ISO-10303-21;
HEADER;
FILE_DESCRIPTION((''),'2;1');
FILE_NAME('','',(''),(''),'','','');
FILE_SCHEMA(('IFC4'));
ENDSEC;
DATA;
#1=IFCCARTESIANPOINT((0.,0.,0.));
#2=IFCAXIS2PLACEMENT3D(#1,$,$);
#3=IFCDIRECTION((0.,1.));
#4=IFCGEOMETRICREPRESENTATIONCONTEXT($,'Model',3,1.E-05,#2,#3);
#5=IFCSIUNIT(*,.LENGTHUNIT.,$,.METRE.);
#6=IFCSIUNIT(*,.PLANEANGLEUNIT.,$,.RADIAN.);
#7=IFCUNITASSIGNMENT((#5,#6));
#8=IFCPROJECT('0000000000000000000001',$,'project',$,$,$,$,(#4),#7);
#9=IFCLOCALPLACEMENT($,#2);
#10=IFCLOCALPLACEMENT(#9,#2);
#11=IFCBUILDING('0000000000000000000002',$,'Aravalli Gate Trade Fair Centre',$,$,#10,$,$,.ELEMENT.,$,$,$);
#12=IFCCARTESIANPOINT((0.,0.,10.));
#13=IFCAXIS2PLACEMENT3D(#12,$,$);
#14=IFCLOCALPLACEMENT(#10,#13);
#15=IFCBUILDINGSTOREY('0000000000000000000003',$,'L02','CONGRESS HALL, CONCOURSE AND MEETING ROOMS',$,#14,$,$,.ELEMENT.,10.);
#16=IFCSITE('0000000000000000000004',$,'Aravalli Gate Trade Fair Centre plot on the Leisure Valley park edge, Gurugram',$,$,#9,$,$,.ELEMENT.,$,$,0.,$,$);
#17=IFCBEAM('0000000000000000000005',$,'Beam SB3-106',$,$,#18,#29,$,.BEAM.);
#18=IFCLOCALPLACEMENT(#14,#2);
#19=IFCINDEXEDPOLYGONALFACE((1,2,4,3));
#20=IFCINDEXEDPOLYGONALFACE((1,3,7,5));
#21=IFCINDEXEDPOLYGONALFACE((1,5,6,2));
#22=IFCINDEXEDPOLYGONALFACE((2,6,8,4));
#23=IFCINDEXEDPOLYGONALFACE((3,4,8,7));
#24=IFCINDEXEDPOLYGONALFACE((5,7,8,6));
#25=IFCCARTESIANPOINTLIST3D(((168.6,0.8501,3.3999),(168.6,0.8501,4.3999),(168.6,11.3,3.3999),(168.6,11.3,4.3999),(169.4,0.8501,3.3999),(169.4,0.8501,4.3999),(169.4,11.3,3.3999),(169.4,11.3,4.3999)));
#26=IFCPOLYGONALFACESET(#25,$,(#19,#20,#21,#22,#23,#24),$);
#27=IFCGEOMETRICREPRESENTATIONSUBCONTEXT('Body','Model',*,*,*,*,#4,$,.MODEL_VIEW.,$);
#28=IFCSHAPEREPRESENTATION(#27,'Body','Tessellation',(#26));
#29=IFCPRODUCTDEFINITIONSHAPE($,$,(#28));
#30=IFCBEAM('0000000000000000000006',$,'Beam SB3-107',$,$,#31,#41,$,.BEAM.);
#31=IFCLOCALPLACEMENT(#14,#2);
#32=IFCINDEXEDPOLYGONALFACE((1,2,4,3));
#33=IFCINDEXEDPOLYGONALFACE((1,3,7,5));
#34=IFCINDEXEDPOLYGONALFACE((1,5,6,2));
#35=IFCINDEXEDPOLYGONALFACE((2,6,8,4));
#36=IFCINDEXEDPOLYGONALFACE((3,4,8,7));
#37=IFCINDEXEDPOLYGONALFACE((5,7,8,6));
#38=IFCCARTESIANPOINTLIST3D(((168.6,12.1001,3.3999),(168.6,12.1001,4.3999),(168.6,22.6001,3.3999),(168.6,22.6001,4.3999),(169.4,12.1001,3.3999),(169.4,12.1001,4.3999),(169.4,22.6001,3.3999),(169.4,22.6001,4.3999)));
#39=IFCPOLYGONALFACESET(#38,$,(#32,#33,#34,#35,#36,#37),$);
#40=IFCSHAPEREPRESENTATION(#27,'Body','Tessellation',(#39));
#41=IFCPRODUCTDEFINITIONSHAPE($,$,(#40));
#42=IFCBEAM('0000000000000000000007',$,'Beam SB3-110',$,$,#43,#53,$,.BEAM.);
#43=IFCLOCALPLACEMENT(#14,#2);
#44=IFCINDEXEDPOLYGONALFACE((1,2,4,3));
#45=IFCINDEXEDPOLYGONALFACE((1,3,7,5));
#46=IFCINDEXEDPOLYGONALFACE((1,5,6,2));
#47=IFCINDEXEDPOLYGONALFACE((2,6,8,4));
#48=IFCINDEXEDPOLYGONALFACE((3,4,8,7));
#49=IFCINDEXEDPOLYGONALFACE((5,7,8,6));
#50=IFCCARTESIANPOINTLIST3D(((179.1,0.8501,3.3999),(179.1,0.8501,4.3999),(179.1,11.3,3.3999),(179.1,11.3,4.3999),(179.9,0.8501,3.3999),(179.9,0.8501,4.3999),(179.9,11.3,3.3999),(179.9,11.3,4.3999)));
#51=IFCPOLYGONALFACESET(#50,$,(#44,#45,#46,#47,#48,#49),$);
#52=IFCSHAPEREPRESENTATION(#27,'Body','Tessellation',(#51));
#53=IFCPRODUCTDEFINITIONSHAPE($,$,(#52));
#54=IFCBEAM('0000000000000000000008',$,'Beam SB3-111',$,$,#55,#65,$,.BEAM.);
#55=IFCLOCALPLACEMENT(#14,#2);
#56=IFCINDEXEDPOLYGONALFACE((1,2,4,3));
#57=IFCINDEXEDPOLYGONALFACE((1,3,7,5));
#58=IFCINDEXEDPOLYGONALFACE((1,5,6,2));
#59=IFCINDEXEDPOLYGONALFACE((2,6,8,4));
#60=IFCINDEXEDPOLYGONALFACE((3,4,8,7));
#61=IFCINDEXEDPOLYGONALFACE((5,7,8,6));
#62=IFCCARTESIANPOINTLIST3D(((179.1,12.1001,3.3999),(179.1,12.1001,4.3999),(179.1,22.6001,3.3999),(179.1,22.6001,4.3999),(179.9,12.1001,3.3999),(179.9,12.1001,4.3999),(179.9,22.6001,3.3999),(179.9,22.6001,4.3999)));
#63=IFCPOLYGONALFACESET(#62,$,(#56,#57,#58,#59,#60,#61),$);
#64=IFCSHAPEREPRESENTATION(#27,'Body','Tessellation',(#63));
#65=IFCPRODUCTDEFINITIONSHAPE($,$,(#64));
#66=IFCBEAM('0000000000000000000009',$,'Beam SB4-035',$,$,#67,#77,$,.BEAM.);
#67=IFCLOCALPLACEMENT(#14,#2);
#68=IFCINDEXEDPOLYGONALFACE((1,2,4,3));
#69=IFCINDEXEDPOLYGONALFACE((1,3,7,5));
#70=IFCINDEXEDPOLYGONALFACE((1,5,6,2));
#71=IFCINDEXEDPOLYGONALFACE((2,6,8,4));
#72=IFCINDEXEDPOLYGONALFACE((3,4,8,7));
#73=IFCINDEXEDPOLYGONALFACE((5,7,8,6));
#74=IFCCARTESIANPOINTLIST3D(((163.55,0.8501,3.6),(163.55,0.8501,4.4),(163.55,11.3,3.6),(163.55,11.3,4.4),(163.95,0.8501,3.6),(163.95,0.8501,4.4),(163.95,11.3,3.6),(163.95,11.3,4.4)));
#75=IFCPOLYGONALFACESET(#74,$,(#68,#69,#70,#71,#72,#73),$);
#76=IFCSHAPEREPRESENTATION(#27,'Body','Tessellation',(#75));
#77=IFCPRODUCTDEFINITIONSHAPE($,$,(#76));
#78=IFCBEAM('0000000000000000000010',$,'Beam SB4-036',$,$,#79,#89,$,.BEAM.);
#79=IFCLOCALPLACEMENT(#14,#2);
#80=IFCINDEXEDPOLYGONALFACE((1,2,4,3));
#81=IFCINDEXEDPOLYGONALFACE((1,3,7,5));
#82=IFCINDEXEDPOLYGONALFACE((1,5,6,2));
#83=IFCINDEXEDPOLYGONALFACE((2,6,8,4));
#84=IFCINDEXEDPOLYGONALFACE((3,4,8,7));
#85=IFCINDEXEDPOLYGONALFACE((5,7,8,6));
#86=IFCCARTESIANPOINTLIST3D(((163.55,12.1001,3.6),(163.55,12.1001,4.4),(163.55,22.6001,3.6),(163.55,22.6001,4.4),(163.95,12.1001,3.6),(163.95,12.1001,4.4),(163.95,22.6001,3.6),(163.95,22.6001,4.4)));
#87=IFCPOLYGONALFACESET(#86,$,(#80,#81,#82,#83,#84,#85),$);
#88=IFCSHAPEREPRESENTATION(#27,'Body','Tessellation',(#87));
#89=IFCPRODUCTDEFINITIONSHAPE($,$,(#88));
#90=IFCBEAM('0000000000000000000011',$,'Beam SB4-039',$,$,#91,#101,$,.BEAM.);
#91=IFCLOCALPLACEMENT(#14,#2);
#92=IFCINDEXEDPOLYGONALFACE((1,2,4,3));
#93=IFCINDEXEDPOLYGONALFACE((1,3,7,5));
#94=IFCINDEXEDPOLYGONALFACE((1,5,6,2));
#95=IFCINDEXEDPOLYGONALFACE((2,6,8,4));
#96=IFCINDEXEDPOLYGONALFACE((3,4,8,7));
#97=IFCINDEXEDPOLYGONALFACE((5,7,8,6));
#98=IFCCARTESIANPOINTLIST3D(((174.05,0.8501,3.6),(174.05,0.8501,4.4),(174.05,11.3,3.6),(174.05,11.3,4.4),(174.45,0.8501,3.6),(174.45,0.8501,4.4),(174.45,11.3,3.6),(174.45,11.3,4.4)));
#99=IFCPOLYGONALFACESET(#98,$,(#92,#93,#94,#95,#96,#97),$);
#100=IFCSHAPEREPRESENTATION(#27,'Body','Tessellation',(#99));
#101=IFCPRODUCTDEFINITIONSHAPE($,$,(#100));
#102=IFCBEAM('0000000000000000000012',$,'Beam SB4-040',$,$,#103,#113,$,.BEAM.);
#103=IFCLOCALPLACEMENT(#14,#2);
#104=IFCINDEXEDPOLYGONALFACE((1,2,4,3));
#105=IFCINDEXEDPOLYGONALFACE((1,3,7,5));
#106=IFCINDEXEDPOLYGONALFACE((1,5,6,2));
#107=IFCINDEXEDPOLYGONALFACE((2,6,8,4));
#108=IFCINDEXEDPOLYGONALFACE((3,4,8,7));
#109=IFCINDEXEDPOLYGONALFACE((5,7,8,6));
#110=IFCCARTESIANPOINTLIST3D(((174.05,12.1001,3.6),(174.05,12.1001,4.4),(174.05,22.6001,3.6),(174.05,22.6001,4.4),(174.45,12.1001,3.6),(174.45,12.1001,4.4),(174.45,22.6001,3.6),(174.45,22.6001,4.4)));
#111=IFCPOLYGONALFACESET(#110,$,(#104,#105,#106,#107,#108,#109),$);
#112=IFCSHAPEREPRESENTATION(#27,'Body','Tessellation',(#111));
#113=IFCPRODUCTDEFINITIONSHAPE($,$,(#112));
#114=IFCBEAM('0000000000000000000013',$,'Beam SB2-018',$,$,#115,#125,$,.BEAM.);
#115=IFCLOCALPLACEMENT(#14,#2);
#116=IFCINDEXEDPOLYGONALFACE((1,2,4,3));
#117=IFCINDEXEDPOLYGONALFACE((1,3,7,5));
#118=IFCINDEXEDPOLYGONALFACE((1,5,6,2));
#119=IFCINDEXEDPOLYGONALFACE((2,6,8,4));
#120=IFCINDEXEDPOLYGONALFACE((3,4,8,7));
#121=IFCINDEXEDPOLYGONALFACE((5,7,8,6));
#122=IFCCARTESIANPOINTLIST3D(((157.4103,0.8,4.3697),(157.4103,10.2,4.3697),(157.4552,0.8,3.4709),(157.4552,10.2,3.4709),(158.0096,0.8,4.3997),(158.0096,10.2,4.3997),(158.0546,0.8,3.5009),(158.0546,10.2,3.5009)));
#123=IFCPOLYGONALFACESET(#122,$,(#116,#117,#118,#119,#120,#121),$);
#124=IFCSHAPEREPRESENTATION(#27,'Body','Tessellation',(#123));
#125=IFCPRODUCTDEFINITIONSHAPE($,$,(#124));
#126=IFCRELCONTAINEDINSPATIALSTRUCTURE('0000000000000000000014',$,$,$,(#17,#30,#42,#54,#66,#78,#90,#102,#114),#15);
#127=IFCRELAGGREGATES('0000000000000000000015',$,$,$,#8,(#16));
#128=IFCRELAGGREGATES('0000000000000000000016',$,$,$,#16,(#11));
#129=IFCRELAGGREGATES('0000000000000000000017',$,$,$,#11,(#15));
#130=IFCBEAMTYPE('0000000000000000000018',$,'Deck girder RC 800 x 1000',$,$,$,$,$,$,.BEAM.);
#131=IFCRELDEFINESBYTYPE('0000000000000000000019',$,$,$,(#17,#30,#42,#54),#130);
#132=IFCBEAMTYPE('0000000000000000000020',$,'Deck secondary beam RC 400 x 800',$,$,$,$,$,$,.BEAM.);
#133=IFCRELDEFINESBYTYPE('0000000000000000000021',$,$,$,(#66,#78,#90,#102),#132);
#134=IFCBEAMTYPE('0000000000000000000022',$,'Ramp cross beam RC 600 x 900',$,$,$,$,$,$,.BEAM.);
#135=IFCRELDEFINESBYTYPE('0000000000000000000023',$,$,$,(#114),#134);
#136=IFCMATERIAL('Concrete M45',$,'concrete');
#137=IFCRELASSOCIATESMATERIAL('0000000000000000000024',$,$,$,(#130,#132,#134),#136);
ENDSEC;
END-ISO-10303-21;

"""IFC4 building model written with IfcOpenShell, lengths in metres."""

from ifc_helpers import new_model, si_unit, direction, frame, origin, origin_2d, place, context, subcontext, project, spatial, rectangle, extrude, material, material_profile, profile_set, type_object, element, save


model = new_model("IFC4")

# Units and contexts
model_context = context("Model", 3, precision=1e-05, world=origin(), true_north=direction((0.0, 1.0)))
body_context = subcontext(model_context, "Body", "Model", "MODEL_VIEW")
ifc_project = project(units=[si_unit("LENGTHUNIT", "METRE"), si_unit("PLANEANGLEUNIT", "RADIAN")], contexts=[model_context])

# Site, building, storey
site_placement = place(None, origin())
site = spatial("IfcSite", under=ifc_project, at=site_placement, Name="Aravalli Gate Trade Fair Centre plot on the Leisure Valley park edge, Gurugram", CompositionType="ELEMENT", RefElevation=0.0)
building_placement = place(site_placement, origin())
building = spatial("IfcBuilding", under=site, at=building_placement, Name="Aravalli Gate Trade Fair Centre", CompositionType="ELEMENT")
storey_placement = place(building_placement, frame((0.0, 0.0, 10.0)))
storey = spatial("IfcBuildingStorey", under=building, at=storey_placement, Name="L02", Description="CONGRESS HALL, CONCOURSE AND MEETING ROOMS", CompositionType="ELEMENT", Elevation=10.0)

# Shared definitions
ifc_material = material(Name="Concrete M45", Category="concrete")

# Beams
ifc_material_profile_1 = material_profile(ifc_material, rectangle(XDim=0.8, YDim=1.0, at=origin_2d()), Name="Deck girder RC 800 x 1000")
ifc_profile_set_1 = profile_set([ifc_material_profile_1], Name="Concrete M45")
beam_type_1 = type_object("IfcBeamType", Name="Deck girder RC 800 x 1000", PredefinedType="BEAM", material=ifc_profile_set_1)
beam_1_placement = place(storey_placement, frame((169.0, 0.8501, 3.8999), z_axis=(0.0, 1.0, 0.0), x_axis=(-1.0, 0.0, 0.0)))
element("IfcBeam", 1, at=beam_1_placement, inside=storey, type_object=beam_type_1, Name="Beam SB3-106", PredefinedType="BEAM", context=body_context, shape_type="SweptSolid", body=[
    extrude(rectangle(XDim=0.8, YDim=1.0, at=origin_2d()), origin(), (0.0, 0.0, 1.0), 10.45),
])
beam_2_placement = place(storey_placement, frame((169.0, 12.1001, 3.8999), z_axis=(0.0, 1.0, 0.0), x_axis=(-1.0, 0.0, 0.0)))
element("IfcBeam", 2, at=beam_2_placement, inside=storey, type_object=beam_type_1, Name="Beam SB3-107", PredefinedType="BEAM", context=body_context, shape_type="SweptSolid", body=[
    extrude(rectangle(XDim=0.8, YDim=1.0, at=origin_2d()), origin(), (0.0, 0.0, 1.0), 10.5),
])
beam_3_placement = place(storey_placement, frame((179.5, 0.8501, 3.8999), z_axis=(0.0, 1.0, 0.0), x_axis=(-1.0, 0.0, 0.0)))
element("IfcBeam", 3, at=beam_3_placement, inside=storey, type_object=beam_type_1, Name="Beam SB3-110", PredefinedType="BEAM", context=body_context, shape_type="SweptSolid", body=[
    extrude(rectangle(XDim=0.8, YDim=1.0, at=origin_2d()), origin(), (0.0, 0.0, 1.0), 10.45),
])
beam_4_placement = place(storey_placement, frame((179.5, 12.1001, 3.8999), z_axis=(0.0, 1.0, 0.0), x_axis=(-1.0, 0.0, 0.0)))
element("IfcBeam", 4, at=beam_4_placement, inside=storey, type_object=beam_type_1, Name="Beam SB3-111", PredefinedType="BEAM", context=body_context, shape_type="SweptSolid", body=[
    extrude(rectangle(XDim=0.8, YDim=1.0, at=origin_2d()), origin(), (0.0, 0.0, 1.0), 10.5),
])
ifc_material_profile_2 = material_profile(ifc_material, rectangle(XDim=0.3999, YDim=0.8, at=origin_2d()), Name="Deck secondary beam RC 400 x 800")
ifc_profile_set_2 = profile_set([ifc_material_profile_2], Name="Concrete M45")
beam_type_2 = type_object("IfcBeamType", Name="Deck secondary beam RC 400 x 800", PredefinedType="BEAM", material=ifc_profile_set_2)
beam_5_placement = place(storey_placement, frame((163.75, 0.8501, 4.0), z_axis=(0.0, 1.0, 0.0), x_axis=(-1.0, 0.0, 0.0)))
element("IfcBeam", 5, at=beam_5_placement, inside=storey, type_object=beam_type_2, Name="Beam SB4-035", PredefinedType="BEAM", context=body_context, shape_type="SweptSolid", body=[
    extrude(rectangle(XDim=0.3999, YDim=0.8, at=origin_2d()), origin(), (0.0, 0.0, 1.0), 10.45),
])
beam_6_placement = place(storey_placement, frame((163.75, 12.1001, 4.0), z_axis=(0.0, 1.0, 0.0), x_axis=(-1.0, 0.0, 0.0)))
element("IfcBeam", 6, at=beam_6_placement, inside=storey, type_object=beam_type_2, Name="Beam SB4-036", PredefinedType="BEAM", context=body_context, shape_type="SweptSolid", body=[
    extrude(rectangle(XDim=0.3999, YDim=0.8, at=origin_2d()), origin(), (0.0, 0.0, 1.0), 10.5),
])
beam_7_placement = place(storey_placement, frame((174.25, 0.8501, 4.0), z_axis=(0.0, 1.0, 0.0), x_axis=(-1.0, 0.0, 0.0)))
element("IfcBeam", 7, at=beam_7_placement, inside=storey, type_object=beam_type_2, Name="Beam SB4-039", PredefinedType="BEAM", context=body_context, shape_type="SweptSolid", body=[
    extrude(rectangle(XDim=0.3999, YDim=0.8, at=origin_2d()), origin(), (0.0, 0.0, 1.0), 10.45),
])
beam_8_placement = place(storey_placement, frame((174.25, 12.1001, 4.0), z_axis=(0.0, 1.0, 0.0), x_axis=(-1.0, 0.0, 0.0)))
element("IfcBeam", 8, at=beam_8_placement, inside=storey, type_object=beam_type_2, Name="Beam SB4-040", PredefinedType="BEAM", context=body_context, shape_type="SweptSolid", body=[
    extrude(rectangle(XDim=0.3999, YDim=0.8, at=origin_2d()), origin(), (0.0, 0.0, 1.0), 10.5),
])
ifc_material_profile_3 = material_profile(ifc_material, rectangle(XDim=0.6001, YDim=0.8999, at=origin_2d()), Name="Ramp cross beam RC 600 x 900")
ifc_profile_set_3 = profile_set([ifc_material_profile_3], Name="Concrete M45")
beam_type_3 = type_object("IfcBeamType", Name="Ramp cross beam RC 600 x 900", PredefinedType="BEAM", material=ifc_profile_set_3)
beam_9_placement = place(storey_placement, frame((157.7324, 0.8, 3.9353), z_axis=(0.0, 1.0, 0.0), x_axis=(-0.998752, 0.0, -0.049938)))
element("IfcBeam", 9, at=beam_9_placement, inside=storey, type_object=beam_type_3, Name="Beam SB2-018", PredefinedType="BEAM", context=body_context, shape_type="SweptSolid", body=[
    extrude(rectangle(XDim=0.6001, YDim=0.8999, at=origin_2d()), origin(), (0.0, 0.0, 1.0), 9.3999),
])

save(model, "model.ifc")
